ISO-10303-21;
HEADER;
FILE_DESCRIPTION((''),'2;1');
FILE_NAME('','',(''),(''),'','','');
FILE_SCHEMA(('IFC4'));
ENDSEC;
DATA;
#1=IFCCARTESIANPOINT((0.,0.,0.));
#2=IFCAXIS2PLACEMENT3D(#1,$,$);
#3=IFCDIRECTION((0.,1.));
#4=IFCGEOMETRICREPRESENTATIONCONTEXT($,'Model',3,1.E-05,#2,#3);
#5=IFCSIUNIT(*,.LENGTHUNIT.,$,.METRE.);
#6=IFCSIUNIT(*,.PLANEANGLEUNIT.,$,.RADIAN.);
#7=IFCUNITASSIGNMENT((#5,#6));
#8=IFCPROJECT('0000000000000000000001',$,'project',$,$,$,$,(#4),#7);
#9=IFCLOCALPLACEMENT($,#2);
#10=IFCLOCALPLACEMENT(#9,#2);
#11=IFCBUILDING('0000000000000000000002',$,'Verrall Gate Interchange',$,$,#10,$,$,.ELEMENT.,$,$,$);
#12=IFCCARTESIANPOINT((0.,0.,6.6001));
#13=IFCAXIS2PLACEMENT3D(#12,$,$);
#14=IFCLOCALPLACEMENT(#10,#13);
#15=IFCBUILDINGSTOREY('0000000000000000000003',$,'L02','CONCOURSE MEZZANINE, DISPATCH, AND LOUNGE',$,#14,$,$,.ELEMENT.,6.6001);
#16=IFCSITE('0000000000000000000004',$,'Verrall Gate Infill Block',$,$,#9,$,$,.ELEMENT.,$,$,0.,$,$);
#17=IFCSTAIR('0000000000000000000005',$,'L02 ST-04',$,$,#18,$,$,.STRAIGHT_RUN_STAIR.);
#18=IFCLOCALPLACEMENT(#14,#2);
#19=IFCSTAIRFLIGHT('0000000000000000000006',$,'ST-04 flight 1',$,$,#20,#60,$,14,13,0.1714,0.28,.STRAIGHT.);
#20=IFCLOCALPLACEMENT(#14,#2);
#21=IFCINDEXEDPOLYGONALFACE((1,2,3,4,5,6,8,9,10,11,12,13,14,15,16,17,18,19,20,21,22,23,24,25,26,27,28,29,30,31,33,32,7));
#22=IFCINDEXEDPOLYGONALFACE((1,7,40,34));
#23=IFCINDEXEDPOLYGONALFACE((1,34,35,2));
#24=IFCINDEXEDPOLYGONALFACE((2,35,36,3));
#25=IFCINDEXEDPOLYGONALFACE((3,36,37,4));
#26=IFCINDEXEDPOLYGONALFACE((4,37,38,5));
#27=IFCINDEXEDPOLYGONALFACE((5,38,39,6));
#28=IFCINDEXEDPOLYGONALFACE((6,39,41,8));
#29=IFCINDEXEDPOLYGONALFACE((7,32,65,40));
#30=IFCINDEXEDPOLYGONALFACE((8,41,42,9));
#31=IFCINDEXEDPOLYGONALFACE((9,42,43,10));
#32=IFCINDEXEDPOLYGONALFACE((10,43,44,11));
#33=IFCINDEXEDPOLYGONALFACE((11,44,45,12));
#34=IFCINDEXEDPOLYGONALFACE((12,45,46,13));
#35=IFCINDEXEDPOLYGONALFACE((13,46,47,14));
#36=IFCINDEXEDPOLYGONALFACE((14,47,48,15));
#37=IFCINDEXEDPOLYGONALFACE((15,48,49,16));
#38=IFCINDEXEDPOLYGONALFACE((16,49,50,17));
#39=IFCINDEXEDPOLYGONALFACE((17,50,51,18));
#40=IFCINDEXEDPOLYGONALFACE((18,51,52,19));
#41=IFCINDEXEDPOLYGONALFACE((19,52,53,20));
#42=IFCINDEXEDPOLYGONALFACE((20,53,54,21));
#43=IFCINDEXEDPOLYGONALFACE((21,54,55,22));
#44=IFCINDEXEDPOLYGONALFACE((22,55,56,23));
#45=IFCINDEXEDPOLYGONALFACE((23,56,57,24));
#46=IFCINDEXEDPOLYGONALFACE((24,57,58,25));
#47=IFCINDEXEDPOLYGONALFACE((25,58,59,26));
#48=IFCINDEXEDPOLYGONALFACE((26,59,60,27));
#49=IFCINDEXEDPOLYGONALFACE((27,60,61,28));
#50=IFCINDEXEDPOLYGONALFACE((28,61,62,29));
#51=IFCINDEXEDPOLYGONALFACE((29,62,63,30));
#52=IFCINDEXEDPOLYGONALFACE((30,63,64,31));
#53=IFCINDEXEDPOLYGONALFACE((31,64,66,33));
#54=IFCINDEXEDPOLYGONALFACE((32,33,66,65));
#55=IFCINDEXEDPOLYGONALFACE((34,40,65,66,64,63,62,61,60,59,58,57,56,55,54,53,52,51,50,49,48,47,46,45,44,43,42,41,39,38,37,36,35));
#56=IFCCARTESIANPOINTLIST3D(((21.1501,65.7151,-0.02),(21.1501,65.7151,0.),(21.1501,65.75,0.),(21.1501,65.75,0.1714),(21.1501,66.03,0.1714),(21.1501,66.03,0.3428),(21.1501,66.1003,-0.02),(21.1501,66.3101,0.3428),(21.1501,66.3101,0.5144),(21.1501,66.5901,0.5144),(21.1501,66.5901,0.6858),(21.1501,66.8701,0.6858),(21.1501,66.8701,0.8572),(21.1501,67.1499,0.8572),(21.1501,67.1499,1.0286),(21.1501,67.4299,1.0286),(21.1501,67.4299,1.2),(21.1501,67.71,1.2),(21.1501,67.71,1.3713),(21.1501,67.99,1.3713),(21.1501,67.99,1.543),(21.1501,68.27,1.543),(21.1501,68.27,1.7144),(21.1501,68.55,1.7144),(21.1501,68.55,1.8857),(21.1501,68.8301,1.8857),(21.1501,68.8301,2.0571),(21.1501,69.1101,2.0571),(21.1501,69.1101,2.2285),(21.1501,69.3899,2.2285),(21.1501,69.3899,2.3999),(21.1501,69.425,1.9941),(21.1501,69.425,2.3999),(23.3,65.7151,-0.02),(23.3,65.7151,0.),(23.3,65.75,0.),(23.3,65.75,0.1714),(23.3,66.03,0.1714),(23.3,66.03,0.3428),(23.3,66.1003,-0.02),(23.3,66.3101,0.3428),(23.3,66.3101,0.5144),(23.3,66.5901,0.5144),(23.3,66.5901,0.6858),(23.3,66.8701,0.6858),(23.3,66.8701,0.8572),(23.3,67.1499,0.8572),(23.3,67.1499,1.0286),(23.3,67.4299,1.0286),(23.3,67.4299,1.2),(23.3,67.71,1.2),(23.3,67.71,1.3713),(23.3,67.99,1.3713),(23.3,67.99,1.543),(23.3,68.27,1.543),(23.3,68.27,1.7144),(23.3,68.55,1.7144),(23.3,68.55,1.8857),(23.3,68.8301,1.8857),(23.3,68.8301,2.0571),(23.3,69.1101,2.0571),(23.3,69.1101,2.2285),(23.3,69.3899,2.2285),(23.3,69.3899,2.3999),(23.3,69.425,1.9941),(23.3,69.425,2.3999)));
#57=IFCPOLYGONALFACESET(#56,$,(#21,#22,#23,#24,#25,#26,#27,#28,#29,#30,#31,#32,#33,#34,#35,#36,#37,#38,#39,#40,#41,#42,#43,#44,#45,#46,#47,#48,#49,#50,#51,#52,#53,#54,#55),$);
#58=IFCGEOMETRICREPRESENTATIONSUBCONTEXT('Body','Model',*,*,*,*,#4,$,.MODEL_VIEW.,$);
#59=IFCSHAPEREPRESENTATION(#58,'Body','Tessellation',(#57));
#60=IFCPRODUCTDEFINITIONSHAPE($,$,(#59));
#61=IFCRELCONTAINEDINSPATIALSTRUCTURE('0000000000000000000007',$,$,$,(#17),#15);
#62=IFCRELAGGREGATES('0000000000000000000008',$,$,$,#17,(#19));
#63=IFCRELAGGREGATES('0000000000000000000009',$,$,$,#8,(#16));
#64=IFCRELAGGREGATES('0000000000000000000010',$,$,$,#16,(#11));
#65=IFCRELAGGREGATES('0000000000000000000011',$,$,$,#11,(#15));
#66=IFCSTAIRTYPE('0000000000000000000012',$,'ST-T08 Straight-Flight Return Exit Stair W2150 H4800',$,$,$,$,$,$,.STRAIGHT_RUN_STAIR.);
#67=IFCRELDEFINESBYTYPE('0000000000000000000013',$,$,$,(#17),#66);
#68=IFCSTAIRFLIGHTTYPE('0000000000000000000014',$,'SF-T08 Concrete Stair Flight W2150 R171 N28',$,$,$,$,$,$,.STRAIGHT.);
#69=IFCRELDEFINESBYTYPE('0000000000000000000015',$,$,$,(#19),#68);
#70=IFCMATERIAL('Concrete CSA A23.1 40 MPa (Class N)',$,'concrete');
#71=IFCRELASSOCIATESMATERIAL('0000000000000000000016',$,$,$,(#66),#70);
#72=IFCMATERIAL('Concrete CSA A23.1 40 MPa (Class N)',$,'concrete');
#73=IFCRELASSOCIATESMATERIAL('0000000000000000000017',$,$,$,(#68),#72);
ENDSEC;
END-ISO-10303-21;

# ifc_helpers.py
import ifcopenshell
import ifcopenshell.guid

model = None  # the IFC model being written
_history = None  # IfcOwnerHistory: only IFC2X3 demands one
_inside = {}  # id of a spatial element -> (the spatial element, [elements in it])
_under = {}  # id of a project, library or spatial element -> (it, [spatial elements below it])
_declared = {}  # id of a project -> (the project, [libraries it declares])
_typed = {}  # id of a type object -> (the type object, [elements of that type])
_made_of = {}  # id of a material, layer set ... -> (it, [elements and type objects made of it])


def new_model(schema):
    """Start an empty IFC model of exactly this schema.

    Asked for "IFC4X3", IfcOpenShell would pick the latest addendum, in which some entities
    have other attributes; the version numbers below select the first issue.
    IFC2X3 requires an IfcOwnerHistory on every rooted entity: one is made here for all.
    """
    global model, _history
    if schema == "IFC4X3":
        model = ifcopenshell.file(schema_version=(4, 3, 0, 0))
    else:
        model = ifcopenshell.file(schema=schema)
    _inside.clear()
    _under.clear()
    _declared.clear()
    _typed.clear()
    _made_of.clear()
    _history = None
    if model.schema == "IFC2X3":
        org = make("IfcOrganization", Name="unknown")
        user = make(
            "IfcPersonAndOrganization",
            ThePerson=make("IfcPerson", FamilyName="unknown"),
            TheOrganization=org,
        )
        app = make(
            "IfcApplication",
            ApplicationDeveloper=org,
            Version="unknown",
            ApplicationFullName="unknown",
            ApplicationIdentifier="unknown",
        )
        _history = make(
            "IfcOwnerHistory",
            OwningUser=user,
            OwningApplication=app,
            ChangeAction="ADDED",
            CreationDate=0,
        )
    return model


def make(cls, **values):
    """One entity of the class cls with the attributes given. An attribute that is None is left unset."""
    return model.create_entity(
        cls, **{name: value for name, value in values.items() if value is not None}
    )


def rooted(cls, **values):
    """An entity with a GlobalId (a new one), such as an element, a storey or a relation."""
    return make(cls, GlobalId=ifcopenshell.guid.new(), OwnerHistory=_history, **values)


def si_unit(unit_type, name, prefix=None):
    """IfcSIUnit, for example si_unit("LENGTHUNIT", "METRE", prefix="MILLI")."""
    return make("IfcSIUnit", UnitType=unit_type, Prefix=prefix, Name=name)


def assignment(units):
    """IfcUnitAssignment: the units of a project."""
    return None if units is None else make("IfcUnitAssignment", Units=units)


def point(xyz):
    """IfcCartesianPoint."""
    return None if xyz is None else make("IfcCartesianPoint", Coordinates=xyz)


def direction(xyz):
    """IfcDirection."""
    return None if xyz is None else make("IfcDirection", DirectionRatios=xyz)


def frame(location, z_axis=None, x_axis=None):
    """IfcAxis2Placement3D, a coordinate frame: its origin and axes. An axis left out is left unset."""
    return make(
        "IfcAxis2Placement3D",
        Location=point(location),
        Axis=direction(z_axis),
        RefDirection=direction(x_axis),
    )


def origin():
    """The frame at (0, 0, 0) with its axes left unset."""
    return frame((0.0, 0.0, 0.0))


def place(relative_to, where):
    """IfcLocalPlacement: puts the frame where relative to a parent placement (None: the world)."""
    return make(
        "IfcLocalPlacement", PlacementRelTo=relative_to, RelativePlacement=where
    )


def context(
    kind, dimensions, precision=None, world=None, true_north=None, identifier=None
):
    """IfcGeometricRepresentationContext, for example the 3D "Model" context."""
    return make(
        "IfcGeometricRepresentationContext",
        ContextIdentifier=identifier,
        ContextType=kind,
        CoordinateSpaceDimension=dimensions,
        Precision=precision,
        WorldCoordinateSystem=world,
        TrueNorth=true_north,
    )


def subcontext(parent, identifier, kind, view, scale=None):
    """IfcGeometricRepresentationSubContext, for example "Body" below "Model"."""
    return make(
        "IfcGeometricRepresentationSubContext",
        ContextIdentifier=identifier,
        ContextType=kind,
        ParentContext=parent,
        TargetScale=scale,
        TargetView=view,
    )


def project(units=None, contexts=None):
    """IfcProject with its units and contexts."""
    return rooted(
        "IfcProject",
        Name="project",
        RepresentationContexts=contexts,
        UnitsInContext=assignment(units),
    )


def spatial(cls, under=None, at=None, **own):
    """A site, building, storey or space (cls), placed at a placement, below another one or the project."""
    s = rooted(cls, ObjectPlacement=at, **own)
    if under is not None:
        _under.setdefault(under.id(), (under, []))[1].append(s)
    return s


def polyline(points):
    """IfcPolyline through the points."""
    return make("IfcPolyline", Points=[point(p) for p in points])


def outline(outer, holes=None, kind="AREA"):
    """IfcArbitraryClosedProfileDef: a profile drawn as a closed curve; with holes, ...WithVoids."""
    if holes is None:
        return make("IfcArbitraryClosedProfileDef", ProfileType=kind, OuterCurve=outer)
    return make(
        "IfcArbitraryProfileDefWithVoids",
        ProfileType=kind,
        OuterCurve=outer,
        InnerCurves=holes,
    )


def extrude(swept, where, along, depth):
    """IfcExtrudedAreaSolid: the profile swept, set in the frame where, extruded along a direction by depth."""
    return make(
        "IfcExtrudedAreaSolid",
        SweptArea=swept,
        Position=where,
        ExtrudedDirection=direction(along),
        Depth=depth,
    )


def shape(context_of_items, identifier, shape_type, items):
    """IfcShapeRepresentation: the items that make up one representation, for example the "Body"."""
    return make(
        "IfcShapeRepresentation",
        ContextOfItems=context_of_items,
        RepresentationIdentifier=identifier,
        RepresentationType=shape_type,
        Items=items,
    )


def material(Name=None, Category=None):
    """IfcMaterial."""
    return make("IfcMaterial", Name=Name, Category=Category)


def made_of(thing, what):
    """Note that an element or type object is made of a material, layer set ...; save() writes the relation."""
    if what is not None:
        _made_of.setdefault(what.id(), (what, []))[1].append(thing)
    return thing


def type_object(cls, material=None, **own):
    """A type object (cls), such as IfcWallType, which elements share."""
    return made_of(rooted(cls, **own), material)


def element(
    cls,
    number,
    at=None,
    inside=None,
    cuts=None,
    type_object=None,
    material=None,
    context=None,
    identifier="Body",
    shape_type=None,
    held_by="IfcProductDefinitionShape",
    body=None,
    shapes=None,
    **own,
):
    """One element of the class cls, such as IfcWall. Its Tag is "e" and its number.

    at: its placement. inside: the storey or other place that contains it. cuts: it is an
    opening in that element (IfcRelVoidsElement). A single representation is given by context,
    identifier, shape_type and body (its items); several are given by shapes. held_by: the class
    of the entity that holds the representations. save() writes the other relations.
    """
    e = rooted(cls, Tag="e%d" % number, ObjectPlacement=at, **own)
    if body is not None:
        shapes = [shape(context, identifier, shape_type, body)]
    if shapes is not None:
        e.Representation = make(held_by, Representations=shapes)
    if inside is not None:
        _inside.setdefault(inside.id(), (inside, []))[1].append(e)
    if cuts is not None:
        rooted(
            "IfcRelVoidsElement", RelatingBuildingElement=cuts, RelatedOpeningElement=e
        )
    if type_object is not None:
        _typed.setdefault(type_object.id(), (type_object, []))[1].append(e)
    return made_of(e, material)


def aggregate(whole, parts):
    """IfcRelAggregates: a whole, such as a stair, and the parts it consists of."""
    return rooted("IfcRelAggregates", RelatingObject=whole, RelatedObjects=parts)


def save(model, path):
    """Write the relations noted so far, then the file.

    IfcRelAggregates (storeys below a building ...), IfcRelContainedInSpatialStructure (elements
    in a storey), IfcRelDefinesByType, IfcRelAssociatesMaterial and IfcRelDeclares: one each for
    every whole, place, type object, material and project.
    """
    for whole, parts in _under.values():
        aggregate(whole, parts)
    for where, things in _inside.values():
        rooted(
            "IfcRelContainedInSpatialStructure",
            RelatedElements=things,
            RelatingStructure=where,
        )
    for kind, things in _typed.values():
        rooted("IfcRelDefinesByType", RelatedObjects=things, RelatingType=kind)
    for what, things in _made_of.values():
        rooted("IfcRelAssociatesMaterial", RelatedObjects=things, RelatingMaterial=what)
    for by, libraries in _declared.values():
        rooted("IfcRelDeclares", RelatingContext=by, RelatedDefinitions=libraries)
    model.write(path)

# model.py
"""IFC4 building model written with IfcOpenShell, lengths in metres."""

from ifc_helpers import new_model, si_unit, direction, frame, origin, place, context, subcontext, project, spatial, polyline, outline, extrude, material, type_object, element, aggregate, save


model = new_model("IFC4")

# Units and contexts
model_context = context("Model", 3, precision=1e-05, world=origin(), true_north=direction((0.0, 1.0)))
body_context = subcontext(model_context, "Body", "Model", "MODEL_VIEW")
ifc_project = project(units=[si_unit("LENGTHUNIT", "METRE"), si_unit("PLANEANGLEUNIT", "RADIAN")], contexts=[model_context])

# Site, building, storey
site_placement = place(None, origin())
site = spatial("IfcSite", under=ifc_project, at=site_placement, Name="Verrall Gate Infill Block", CompositionType="ELEMENT", RefElevation=0.0)
building_placement = place(site_placement, origin())
building = spatial("IfcBuilding", under=site, at=building_placement, Name="Verrall Gate Interchange", CompositionType="ELEMENT")
storey_placement = place(building_placement, frame((0.0, 0.0, 6.6001)))
storey = spatial("IfcBuildingStorey", under=building, at=storey_placement, Name="L02", Description="CONCOURSE MEZZANINE, DISPATCH, AND LOUNGE", CompositionType="ELEMENT", Elevation=6.6001)

# Stair, stair flight
ifc_material_1 = material(Name="Concrete CSA A23.1 40 MPa (Class N)", Category="concrete")
stair_type_1 = type_object("IfcStairType", Name="ST-T08 Straight-Flight Return Exit Stair W2150 H4800", PredefinedType="STRAIGHT_RUN_STAIR", material=ifc_material_1)
stair_1_placement = place(storey_placement, origin())
stair_1 = element("IfcStair", 1, at=stair_1_placement, inside=storey, type_object=stair_type_1, Name="L02 ST-04", PredefinedType="STRAIGHT_RUN_STAIR")
ifc_material_2 = material(Name="Concrete CSA A23.1 40 MPa (Class N)", Category="concrete")
stair_flight_type_1 = type_object("IfcStairFlightType", Name="SF-T08 Concrete Stair Flight W2150 R171 N28", PredefinedType="STRAIGHT", material=ifc_material_2)
stair_flight_1_placement = place(storey_placement, frame((22.2251, 65.75, 0.0), z_axis=(0.0, 0.0, 1.0), x_axis=(0.0, 1.0, 0.0)))
stair_flight_1 = element("IfcStairFlight", 2, at=stair_flight_1_placement, type_object=stair_flight_type_1, Name="ST-04 flight 1", NumberOfRisers=14, NumberOfTreads=13, PredefinedType="STRAIGHT", RiserHeight=0.1714, TreadLength=0.28, context=body_context, shape_type="SweptSolid", body=[
    extrude(outline(polyline([(-0.0349, -0.02), (-0.0349, 0.0), (0.0, 0.0), (0.0, 0.1714), (0.28, 0.1714), (0.28, 0.3428), (0.5601, 0.3428), (0.5601, 0.5144), (0.8401, 0.5144), (0.8401, 0.6858), (1.1201, 0.6858), (1.1201, 0.8572), (1.3999, 0.8572), (1.3999, 1.0286), (1.6799, 1.0286), (1.6799, 1.2), (1.96, 1.2), (1.96, 1.3713), (2.24, 1.3713), (2.24, 1.543), (2.52, 1.543), (2.52, 1.7144), (2.8, 1.7144), (2.8, 1.8857), (3.0801, 1.8857), (3.0801, 2.0571), (3.3601, 2.0571), (3.3601, 2.2285), (3.6399, 2.2285), (3.6399, 2.3999), (3.675, 2.3999), (3.675, 1.9941), (0.3503, -0.02), (-0.0349, -0.02)])), frame((0.0, 1.075, 0.0), z_axis=(0.0, -1.0, 0.0), x_axis=(1.0, 0.0, 0.0)), (0.0, 0.0, 1.0), 2.1499),
])
aggregate(stair_1, [stair_flight_1])

save(model, "model.ifc")
